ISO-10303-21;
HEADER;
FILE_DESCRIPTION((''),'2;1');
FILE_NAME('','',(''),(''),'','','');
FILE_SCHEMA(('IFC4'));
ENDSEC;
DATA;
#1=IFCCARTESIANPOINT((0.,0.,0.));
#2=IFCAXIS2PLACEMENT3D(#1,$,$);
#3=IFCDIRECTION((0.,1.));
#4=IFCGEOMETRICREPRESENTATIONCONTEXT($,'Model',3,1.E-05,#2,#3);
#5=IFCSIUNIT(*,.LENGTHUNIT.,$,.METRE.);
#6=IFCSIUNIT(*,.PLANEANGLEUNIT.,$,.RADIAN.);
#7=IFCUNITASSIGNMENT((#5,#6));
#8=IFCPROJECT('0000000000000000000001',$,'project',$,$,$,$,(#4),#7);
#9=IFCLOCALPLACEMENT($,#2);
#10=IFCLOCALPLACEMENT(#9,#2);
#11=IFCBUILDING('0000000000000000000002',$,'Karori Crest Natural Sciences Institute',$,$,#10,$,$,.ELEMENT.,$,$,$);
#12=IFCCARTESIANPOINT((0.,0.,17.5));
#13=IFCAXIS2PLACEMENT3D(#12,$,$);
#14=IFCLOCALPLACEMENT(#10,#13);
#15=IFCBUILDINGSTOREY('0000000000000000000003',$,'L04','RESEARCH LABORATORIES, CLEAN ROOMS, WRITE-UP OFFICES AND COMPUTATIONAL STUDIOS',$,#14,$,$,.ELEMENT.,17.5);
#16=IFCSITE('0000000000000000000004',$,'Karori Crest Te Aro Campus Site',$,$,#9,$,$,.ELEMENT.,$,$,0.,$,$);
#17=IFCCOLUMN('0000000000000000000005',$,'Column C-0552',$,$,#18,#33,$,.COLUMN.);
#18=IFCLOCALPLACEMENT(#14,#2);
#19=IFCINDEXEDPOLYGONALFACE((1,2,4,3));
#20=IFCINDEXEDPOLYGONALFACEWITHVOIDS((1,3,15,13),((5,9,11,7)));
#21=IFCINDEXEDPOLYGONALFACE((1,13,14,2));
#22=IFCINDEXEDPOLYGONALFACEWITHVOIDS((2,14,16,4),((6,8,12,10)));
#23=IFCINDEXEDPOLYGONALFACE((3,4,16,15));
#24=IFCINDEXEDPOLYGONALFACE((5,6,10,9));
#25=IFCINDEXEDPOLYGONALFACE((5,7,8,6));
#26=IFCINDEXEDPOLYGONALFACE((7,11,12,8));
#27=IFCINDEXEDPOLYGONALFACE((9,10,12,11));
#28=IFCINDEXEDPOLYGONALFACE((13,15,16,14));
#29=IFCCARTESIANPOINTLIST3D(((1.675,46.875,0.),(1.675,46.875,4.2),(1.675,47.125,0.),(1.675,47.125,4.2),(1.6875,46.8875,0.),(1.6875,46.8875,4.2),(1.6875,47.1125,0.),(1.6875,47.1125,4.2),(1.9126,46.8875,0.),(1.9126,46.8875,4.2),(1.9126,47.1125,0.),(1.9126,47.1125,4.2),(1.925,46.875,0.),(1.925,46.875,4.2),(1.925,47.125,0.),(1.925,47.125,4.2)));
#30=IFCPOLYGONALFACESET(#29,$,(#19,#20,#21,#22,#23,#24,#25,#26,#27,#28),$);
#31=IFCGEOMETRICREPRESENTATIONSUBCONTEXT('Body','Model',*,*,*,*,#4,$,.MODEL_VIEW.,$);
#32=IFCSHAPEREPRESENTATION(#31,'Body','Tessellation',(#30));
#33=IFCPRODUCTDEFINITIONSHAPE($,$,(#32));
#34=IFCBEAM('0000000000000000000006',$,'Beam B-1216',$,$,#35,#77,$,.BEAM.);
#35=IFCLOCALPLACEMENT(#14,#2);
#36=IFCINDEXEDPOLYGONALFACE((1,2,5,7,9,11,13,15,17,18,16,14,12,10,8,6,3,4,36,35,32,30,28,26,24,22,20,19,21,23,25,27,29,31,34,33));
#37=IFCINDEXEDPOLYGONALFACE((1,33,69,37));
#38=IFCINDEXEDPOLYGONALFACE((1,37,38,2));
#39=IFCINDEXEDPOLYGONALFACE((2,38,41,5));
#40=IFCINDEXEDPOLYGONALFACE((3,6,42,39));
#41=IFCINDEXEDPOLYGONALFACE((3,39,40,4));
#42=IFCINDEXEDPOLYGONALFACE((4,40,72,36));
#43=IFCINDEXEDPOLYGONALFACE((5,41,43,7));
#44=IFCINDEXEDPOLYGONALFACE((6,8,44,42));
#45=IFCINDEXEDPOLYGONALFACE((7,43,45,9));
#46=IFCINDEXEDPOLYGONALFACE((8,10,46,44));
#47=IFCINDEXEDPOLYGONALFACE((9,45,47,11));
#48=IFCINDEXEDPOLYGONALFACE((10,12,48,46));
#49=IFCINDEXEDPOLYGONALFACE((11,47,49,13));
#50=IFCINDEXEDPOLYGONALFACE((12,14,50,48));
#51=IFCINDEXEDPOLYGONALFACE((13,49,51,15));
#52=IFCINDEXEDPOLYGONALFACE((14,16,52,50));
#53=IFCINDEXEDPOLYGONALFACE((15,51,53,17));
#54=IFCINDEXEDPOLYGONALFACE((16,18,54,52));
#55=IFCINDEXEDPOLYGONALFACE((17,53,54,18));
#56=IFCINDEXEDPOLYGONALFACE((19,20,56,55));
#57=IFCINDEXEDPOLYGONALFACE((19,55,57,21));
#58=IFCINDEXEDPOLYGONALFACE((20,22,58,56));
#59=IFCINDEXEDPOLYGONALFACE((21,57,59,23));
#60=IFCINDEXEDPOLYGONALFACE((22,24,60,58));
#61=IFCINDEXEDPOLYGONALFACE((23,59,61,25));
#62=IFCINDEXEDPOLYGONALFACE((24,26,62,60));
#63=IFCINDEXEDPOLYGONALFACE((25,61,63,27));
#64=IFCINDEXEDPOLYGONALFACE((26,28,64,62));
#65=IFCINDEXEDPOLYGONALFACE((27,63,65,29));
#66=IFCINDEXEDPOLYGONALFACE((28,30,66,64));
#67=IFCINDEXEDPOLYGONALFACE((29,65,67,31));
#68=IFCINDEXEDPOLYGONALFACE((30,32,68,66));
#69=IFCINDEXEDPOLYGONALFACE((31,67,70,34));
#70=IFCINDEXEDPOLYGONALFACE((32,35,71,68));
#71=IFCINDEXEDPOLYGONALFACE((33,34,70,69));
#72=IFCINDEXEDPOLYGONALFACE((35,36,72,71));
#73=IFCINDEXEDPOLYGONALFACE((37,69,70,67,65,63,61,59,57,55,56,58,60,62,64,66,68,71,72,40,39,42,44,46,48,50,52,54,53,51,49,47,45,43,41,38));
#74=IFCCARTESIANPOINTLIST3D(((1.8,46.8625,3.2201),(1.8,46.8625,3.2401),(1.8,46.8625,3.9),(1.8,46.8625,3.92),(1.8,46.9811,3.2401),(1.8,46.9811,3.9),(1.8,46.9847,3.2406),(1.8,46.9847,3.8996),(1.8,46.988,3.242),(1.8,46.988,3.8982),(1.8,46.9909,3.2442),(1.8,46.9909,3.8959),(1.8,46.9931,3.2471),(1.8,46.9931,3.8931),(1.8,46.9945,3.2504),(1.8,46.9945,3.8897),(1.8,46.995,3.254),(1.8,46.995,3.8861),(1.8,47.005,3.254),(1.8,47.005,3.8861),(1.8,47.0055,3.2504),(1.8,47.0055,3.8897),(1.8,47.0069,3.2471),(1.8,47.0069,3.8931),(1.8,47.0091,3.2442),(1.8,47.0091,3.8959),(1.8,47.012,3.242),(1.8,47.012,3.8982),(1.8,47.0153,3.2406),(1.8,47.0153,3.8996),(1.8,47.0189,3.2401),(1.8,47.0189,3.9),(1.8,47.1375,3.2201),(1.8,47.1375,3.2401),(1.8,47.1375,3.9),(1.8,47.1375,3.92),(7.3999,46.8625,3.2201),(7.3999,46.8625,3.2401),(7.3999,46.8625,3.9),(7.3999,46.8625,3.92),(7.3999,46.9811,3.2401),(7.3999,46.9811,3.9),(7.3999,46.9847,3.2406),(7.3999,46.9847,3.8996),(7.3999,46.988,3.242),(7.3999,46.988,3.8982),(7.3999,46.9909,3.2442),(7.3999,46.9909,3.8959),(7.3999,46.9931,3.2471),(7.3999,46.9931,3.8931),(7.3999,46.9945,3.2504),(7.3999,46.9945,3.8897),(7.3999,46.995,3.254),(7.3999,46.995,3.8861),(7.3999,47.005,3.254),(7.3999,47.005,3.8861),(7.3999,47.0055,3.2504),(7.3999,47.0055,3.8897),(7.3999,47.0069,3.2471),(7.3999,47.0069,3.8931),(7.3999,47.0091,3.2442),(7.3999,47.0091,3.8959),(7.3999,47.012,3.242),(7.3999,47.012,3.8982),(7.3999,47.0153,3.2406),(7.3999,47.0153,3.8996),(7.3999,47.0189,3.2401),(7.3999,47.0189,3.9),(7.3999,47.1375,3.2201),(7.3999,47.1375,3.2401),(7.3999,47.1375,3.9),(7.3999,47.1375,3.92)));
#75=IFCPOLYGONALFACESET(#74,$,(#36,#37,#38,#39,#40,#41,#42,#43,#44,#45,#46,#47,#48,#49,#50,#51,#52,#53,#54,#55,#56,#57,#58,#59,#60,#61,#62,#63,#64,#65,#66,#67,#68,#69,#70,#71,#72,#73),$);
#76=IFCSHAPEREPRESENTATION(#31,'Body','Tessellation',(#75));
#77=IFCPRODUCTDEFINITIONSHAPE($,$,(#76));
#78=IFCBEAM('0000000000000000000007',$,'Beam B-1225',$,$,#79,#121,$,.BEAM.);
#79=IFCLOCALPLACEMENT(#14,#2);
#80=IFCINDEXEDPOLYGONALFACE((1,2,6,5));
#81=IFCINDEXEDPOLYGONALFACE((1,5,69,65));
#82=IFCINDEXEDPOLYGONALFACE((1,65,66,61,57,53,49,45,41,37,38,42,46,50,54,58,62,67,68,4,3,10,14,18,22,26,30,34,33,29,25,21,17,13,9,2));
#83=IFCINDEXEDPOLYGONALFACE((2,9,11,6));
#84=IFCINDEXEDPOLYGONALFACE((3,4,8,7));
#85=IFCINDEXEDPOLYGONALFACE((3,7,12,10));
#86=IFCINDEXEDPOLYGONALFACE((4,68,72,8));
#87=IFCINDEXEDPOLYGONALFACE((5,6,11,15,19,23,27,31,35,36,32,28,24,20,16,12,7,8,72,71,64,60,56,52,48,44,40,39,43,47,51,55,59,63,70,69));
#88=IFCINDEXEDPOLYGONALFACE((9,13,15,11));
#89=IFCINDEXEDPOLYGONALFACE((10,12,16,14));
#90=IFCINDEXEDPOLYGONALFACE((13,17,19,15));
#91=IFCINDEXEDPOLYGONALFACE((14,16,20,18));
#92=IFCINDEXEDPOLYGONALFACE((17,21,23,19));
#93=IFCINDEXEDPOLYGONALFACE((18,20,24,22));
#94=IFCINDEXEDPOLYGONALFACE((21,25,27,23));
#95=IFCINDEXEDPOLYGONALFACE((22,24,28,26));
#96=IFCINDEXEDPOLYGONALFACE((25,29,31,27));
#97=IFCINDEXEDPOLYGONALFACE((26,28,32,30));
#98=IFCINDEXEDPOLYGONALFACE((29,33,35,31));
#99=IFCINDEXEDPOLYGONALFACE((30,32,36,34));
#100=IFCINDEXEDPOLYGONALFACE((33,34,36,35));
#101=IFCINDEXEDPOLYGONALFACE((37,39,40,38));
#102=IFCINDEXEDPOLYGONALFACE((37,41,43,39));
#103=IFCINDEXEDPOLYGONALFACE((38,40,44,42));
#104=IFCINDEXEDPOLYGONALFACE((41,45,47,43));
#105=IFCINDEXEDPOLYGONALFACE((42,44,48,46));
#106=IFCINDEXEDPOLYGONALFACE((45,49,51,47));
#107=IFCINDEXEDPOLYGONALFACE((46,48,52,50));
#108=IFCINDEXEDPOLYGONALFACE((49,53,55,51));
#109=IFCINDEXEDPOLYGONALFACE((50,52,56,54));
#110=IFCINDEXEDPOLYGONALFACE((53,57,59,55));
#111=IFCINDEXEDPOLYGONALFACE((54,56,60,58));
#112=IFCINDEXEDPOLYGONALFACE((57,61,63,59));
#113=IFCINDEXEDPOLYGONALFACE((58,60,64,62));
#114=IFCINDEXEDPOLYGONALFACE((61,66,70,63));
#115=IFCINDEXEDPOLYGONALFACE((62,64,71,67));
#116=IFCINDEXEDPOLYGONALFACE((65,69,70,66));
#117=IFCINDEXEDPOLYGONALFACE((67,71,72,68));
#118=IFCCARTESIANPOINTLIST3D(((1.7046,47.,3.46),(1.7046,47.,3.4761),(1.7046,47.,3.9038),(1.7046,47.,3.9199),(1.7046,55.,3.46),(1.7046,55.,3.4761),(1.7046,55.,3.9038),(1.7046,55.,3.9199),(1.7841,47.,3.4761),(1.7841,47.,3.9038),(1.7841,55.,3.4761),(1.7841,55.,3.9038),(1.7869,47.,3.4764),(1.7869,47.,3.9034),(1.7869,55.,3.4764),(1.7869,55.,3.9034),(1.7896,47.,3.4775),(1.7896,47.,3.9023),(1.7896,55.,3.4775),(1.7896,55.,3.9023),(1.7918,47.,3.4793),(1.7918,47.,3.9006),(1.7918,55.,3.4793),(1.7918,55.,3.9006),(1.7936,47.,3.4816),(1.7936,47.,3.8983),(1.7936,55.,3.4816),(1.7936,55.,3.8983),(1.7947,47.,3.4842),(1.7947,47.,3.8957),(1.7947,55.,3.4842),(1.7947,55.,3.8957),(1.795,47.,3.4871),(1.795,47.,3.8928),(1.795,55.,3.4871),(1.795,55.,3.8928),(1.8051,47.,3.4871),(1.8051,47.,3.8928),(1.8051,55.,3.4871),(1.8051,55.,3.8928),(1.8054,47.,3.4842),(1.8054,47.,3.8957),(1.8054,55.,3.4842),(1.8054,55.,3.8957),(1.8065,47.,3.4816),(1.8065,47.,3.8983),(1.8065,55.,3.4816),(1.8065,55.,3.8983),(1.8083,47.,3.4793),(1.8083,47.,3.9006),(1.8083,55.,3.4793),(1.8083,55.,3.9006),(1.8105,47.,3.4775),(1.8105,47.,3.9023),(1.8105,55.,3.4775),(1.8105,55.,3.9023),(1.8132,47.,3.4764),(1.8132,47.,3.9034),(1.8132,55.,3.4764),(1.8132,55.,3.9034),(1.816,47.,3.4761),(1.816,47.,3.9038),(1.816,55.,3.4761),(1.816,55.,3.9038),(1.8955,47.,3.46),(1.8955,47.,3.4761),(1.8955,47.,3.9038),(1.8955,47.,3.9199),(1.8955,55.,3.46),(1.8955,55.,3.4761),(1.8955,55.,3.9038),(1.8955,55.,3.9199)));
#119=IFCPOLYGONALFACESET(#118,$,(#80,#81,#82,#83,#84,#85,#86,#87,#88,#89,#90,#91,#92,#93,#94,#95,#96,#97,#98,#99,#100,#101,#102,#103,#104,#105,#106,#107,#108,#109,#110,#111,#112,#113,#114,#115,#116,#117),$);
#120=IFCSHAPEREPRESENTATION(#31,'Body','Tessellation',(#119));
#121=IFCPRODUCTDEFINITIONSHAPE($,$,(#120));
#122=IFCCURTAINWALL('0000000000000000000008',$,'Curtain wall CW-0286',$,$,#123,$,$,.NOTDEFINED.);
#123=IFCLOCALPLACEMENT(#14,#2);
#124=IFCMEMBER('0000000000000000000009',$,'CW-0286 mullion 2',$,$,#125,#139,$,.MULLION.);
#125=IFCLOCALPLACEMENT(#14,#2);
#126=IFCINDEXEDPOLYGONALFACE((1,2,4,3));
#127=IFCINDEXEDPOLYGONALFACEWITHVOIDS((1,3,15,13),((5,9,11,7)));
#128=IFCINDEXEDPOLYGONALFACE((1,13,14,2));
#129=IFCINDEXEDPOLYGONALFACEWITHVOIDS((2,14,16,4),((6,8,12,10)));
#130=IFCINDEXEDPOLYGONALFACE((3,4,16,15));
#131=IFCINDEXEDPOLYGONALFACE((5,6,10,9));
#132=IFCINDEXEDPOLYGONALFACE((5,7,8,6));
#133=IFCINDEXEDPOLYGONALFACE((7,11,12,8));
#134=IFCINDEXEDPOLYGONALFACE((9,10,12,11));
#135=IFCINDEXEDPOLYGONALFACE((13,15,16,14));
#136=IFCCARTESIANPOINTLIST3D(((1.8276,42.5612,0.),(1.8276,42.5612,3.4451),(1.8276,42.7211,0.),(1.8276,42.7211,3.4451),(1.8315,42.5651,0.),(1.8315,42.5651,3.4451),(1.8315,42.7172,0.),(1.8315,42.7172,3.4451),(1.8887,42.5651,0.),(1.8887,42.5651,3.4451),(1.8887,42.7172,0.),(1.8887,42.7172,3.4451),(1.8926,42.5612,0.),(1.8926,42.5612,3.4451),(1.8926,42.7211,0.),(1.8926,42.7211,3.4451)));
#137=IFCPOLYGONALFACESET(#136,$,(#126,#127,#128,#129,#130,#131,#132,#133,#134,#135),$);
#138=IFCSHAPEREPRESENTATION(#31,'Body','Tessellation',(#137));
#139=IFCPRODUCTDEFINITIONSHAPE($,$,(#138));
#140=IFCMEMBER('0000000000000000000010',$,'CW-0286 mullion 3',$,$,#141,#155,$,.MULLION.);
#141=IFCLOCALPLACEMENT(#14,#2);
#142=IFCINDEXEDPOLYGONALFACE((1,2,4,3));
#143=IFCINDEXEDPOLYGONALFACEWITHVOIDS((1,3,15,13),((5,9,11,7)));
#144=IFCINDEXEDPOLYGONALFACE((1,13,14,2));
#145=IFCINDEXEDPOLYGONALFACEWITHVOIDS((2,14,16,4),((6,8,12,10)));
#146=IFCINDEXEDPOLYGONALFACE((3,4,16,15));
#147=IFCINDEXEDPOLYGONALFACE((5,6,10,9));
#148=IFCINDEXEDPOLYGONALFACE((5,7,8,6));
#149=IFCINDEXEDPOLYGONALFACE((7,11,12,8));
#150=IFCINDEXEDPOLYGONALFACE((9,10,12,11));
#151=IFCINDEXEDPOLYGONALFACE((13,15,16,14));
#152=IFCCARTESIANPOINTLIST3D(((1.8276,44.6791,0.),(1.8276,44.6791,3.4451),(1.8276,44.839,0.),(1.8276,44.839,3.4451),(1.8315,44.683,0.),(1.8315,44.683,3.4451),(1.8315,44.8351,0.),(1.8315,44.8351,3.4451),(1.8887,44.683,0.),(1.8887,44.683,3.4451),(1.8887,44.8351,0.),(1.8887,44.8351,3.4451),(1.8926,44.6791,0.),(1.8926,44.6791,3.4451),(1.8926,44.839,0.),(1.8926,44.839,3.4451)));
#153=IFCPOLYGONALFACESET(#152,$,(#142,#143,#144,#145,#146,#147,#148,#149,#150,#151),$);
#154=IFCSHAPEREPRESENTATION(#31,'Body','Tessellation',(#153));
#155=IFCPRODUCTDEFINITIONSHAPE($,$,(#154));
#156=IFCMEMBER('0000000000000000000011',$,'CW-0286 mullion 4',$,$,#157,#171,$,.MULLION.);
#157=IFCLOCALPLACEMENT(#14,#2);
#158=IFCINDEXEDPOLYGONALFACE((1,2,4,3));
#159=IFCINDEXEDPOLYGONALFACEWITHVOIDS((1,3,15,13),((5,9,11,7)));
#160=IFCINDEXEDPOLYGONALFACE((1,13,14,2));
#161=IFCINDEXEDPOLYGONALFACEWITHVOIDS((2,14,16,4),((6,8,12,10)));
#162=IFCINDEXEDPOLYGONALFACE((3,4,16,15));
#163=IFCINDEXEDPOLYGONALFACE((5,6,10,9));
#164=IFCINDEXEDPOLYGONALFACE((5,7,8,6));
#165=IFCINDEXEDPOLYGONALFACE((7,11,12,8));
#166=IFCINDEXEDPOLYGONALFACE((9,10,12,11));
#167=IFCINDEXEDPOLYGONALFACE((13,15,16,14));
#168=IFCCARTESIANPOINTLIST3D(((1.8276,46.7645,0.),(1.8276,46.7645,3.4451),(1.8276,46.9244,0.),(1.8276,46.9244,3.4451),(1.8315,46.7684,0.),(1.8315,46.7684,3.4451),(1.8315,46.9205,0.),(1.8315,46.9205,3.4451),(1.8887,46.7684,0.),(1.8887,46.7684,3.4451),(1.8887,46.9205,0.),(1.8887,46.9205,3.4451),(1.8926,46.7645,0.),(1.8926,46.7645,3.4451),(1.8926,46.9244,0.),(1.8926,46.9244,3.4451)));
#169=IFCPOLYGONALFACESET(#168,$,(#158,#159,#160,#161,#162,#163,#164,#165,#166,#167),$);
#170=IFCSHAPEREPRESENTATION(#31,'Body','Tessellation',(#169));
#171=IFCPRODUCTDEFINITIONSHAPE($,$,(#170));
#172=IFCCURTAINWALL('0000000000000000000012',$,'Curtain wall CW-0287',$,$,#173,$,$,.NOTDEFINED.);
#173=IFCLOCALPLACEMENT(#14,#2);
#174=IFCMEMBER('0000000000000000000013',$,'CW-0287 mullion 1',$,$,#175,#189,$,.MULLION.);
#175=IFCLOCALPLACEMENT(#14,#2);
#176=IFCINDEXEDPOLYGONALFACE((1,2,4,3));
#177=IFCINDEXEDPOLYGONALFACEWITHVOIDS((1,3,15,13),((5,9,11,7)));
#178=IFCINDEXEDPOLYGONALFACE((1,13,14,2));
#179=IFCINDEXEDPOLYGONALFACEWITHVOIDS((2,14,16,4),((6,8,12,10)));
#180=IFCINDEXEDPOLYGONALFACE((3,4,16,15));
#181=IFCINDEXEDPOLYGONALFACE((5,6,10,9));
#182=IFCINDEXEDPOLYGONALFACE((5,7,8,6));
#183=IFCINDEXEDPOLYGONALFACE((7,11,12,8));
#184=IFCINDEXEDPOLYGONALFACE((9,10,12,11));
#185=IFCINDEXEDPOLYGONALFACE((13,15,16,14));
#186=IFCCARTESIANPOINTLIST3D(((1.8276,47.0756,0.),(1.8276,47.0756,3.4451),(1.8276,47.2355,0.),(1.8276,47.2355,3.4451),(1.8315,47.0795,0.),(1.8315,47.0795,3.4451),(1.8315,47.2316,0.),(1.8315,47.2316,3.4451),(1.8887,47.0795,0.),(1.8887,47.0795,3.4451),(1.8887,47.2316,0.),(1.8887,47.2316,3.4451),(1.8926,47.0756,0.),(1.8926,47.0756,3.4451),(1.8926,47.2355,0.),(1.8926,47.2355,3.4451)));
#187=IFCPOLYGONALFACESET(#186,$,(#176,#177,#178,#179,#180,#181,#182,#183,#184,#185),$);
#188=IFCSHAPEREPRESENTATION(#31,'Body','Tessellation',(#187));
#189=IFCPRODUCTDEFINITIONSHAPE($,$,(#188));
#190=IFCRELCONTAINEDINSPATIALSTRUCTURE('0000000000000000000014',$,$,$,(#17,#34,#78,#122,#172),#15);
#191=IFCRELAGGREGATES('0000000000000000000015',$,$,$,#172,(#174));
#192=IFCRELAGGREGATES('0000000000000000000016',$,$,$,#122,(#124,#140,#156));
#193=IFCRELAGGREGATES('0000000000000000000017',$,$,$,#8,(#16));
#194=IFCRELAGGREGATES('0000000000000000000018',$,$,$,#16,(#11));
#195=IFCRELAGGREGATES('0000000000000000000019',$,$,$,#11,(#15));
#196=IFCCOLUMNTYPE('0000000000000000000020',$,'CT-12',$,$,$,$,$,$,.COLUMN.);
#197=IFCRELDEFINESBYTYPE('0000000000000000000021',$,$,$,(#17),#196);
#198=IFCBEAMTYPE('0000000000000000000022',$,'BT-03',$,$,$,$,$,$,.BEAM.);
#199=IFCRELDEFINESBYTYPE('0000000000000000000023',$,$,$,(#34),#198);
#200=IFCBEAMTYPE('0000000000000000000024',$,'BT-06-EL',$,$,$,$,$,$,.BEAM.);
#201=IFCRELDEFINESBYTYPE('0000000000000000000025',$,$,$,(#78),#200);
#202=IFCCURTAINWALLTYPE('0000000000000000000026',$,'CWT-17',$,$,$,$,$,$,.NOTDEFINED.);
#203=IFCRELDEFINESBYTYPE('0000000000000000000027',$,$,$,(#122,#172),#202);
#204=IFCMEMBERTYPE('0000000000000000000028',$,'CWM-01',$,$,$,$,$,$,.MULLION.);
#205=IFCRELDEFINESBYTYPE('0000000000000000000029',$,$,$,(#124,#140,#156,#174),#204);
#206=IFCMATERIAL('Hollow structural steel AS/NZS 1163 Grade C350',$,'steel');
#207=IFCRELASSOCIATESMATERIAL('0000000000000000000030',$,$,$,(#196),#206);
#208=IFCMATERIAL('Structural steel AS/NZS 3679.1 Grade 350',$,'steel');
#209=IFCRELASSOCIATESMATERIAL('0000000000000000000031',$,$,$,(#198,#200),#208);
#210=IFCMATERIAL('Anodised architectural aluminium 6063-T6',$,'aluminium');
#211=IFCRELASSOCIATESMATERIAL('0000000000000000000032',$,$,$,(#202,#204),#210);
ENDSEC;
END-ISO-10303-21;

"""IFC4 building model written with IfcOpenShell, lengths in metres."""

from ifc_helpers import new_model, si_unit, direction, frame, origin, origin_2d, place, context, subcontext, project, spatial, hollow_rectangle, i_section, extrude, material, material_profile, profile_set, type_object, element, aggregate, save


model = new_model("IFC4")

# Units and contexts
model_context = context("Model", 3, precision=1e-05, world=origin(), true_north=direction((0.0, 1.0)))
body_context = subcontext(model_context, "Body", "Model", "MODEL_VIEW")
ifc_project = project(units=[si_unit("LENGTHUNIT", "METRE"), si_unit("PLANEANGLEUNIT", "RADIAN")], contexts=[model_context])

# Site, building, storey
site_placement = place(None, origin())
site = spatial("IfcSite", under=ifc_project, at=site_placement, Name="Karori Crest Te Aro Campus Site", CompositionType="ELEMENT", RefElevation=0.0)
building_placement = place(site_placement, origin())
building = spatial("IfcBuilding", under=site, at=building_placement, Name="Karori Crest Natural Sciences Institute", CompositionType="ELEMENT")
storey_placement = place(building_placement, frame((0.0, 0.0, 17.5)))
storey = spatial("IfcBuildingStorey", under=building, at=storey_placement, Name="L04", Description="RESEARCH LABORATORIES, CLEAN ROOMS, WRITE-UP OFFICES AND COMPUTATIONAL STUDIOS", CompositionType="ELEMENT", Elevation=17.5)

# Column
ifc_material_1 = material(Name="Hollow structural steel AS/NZS 1163 Grade C350", Category="steel")
ifc_material_profile_1 = material_profile(ifc_material_1, hollow_rectangle(XDim=0.25, YDim=0.25, WallThickness=0.0125, at=origin_2d()), Name="SHS250x250x12.5")
ifc_profile_set_1 = profile_set([ifc_material_profile_1], Name="Hollow structural steel AS/NZS 1163 Grade C350")
column_type = type_object("IfcColumnType", Name="CT-12", PredefinedType="COLUMN", material=ifc_profile_set_1)
column_placement = place(storey_placement, frame((1.8, 47.0, 0.0), z_axis=(0.0, 0.0, 1.0), x_axis=(1.0, 0.0, 0.0)))
element("IfcColumn", 1, at=column_placement, inside=storey, type_object=column_type, Name="Column C-0552", PredefinedType="COLUMN", context=body_context, shape_type="SweptSolid", body=[
    extrude(hollow_rectangle(XDim=0.25, YDim=0.25, WallThickness=0.0125, at=origin_2d()), origin(), (0.0, 0.0, 1.0), 4.2),
])

# Beams
ifc_material_2 = material(Name="Structural steel AS/NZS 3679.1 Grade 350", Category="steel")
ifc_material_profile_2 = material_profile(ifc_material_2, i_section(OverallWidth=0.2749, OverallDepth=0.7, WebThickness=0.01, FlangeThickness=0.02, FilletRadius=0.0139, at=origin_2d()), Name="700WB150")
ifc_profile_set_2 = profile_set([ifc_material_profile_2], Name="Structural steel AS/NZS 3679.1 Grade 350")
beam_type_1 = type_object("IfcBeamType", Name="BT-03", PredefinedType="BEAM", material=ifc_profile_set_2)
beam_1_placement = place(storey_placement, frame((1.8, 47.0, 3.5701), z_axis=(1.0, 0.0, 0.0), x_axis=(0.0, 1.0, 0.0)))
element("IfcBeam", 2, at=beam_1_placement, inside=storey, type_object=beam_type_1, Name="Beam B-1216", PredefinedType="BEAM", context=body_context, shape_type="SweptSolid", body=[
    extrude(i_section(OverallWidth=0.2749, OverallDepth=0.7, WebThickness=0.01, FlangeThickness=0.02, FilletRadius=0.0139, at=origin_2d()), origin(), (0.0, 0.0, 1.0), 5.5999),
])
ifc_material_profile_3 = material_profile(ifc_material_2, i_section(OverallWidth=0.1909, OverallDepth=0.46, WebThickness=0.01, FlangeThickness=0.0161, FilletRadius=0.011, at=origin_2d()), Name="460UB82.1")
ifc_profile_set_3 = profile_set([ifc_material_profile_3], Name="Structural steel AS/NZS 3679.1 Grade 350")
beam_type_2 = type_object("IfcBeamType", Name="BT-06-EL", PredefinedType="BEAM", material=ifc_profile_set_3)
beam_2_placement = place(storey_placement, frame((1.8, 47.0, 3.6899), z_axis=(0.0, 1.0, 0.0), x_axis=(-1.0, 0.0, 0.0)))
element("IfcBeam", 3, at=beam_2_placement, inside=storey, type_object=beam_type_2, Name="Beam B-1225", PredefinedType="BEAM", context=body_context, shape_type="SweptSolid", body=[
    extrude(i_section(OverallWidth=0.1909, OverallDepth=0.46, WebThickness=0.01, FlangeThickness=0.0161, FilletRadius=0.011, at=origin_2d()), origin(), (0.0, 0.0, 1.0), 8.0),
])

# Curtain wall, members
ifc_material_3 = material(Name="Anodised architectural aluminium 6063-T6", Category="aluminium")
curtain_wall_type = type_object("IfcCurtainWallType", Name="CWT-17", PredefinedType="NOTDEFINED", material=ifc_material_3)
curtain_wall_1_placement = place(storey_placement, origin())
curtain_wall_1 = element("IfcCurtainWall", 4, at=curtain_wall_1_placement, inside=storey, type_object=curtain_wall_type, Name="Curtain wall CW-0286", PredefinedType="NOTDEFINED")
ifc_material_profile_4 = material_profile(ifc_material_3, hollow_rectangle(XDim=0.0649, YDim=0.1599, WallThickness=0.0039, at=origin_2d()), Name="CWM160x65x4")
ifc_profile_set_4 = profile_set([ifc_material_profile_4], Name="Anodised architectural aluminium 6063-T6")
member_type_1 = type_object("IfcMemberType", Name="CWM-01", PredefinedType="MULLION", material=ifc_profile_set_4)
member_1_placement = place(storey_placement, frame((1.8601, 42.6411, 0.0), z_axis=(0.0, 0.0, 1.0), x_axis=(-1.0, 0.0, 0.0)))
member_1 = element("IfcMember", 5, at=member_1_placement, type_object=member_type_1, Name="CW-0286 mullion 2", PredefinedType="MULLION", context=body_context, shape_type="SweptSolid", body=[
    extrude(hollow_rectangle(XDim=0.0649, YDim=0.1599, WallThickness=0.0039, at=origin_2d()), origin(), (0.0, 0.0, 1.0), 3.4451),
])
member_2_placement = place(storey_placement, frame((1.8601, 44.759, 0.0), z_axis=(0.0, 0.0, 1.0), x_axis=(-1.0, 0.0, 0.0)))
member_2 = element("IfcMember", 6, at=member_2_placement, type_object=member_type_1, Name="CW-0286 mullion 3", PredefinedType="MULLION", context=body_context, shape_type="SweptSolid", body=[
    extrude(hollow_rectangle(XDim=0.0649, YDim=0.1599, WallThickness=0.0039, at=origin_2d()), origin(), (0.0, 0.0, 1.0), 3.4451),
])
member_3_placement = place(storey_placement, frame((1.8601, 46.8445, 0.0), z_axis=(0.0, 0.0, 1.0), x_axis=(-1.0, 0.0, 0.0)))
member_3 = element("IfcMember", 7, at=member_3_placement, type_object=member_type_1, Name="CW-0286 mullion 4", PredefinedType="MULLION", context=body_context, shape_type="SweptSolid", body=[
    extrude(hollow_rectangle(XDim=0.0649, YDim=0.1599, WallThickness=0.0039, at=origin_2d()), origin(), (0.0, 0.0, 1.0), 3.4451),
])

# Curtain wall, member
curtain_wall_2_placement = place(storey_placement, origin())
curtain_wall_2 = element("IfcCurtainWall", 8, at=curtain_wall_2_placement, inside=storey, type_object=curtain_wall_type, Name="Curtain wall CW-0287", PredefinedType="NOTDEFINED")
member_4_placement = place(storey_placement, frame((1.8601, 47.1555, 0.0), z_axis=(0.0, 0.0, 1.0), x_axis=(-1.0, 0.0, 0.0)))
member_4 = element("IfcMember", 9, at=member_4_placement, type_object=member_type_1, Name="CW-0287 mullion 1", PredefinedType="MULLION", context=body_context, shape_type="SweptSolid", body=[
    extrude(hollow_rectangle(XDim=0.0649, YDim=0.1599, WallThickness=0.0039, at=origin_2d()), origin(), (0.0, 0.0, 1.0), 3.4451),
])

aggregate(curtain_wall_2, [member_4])

aggregate(curtain_wall_1, [member_1, member_2, member_3])

save(model, "model.ifc")
